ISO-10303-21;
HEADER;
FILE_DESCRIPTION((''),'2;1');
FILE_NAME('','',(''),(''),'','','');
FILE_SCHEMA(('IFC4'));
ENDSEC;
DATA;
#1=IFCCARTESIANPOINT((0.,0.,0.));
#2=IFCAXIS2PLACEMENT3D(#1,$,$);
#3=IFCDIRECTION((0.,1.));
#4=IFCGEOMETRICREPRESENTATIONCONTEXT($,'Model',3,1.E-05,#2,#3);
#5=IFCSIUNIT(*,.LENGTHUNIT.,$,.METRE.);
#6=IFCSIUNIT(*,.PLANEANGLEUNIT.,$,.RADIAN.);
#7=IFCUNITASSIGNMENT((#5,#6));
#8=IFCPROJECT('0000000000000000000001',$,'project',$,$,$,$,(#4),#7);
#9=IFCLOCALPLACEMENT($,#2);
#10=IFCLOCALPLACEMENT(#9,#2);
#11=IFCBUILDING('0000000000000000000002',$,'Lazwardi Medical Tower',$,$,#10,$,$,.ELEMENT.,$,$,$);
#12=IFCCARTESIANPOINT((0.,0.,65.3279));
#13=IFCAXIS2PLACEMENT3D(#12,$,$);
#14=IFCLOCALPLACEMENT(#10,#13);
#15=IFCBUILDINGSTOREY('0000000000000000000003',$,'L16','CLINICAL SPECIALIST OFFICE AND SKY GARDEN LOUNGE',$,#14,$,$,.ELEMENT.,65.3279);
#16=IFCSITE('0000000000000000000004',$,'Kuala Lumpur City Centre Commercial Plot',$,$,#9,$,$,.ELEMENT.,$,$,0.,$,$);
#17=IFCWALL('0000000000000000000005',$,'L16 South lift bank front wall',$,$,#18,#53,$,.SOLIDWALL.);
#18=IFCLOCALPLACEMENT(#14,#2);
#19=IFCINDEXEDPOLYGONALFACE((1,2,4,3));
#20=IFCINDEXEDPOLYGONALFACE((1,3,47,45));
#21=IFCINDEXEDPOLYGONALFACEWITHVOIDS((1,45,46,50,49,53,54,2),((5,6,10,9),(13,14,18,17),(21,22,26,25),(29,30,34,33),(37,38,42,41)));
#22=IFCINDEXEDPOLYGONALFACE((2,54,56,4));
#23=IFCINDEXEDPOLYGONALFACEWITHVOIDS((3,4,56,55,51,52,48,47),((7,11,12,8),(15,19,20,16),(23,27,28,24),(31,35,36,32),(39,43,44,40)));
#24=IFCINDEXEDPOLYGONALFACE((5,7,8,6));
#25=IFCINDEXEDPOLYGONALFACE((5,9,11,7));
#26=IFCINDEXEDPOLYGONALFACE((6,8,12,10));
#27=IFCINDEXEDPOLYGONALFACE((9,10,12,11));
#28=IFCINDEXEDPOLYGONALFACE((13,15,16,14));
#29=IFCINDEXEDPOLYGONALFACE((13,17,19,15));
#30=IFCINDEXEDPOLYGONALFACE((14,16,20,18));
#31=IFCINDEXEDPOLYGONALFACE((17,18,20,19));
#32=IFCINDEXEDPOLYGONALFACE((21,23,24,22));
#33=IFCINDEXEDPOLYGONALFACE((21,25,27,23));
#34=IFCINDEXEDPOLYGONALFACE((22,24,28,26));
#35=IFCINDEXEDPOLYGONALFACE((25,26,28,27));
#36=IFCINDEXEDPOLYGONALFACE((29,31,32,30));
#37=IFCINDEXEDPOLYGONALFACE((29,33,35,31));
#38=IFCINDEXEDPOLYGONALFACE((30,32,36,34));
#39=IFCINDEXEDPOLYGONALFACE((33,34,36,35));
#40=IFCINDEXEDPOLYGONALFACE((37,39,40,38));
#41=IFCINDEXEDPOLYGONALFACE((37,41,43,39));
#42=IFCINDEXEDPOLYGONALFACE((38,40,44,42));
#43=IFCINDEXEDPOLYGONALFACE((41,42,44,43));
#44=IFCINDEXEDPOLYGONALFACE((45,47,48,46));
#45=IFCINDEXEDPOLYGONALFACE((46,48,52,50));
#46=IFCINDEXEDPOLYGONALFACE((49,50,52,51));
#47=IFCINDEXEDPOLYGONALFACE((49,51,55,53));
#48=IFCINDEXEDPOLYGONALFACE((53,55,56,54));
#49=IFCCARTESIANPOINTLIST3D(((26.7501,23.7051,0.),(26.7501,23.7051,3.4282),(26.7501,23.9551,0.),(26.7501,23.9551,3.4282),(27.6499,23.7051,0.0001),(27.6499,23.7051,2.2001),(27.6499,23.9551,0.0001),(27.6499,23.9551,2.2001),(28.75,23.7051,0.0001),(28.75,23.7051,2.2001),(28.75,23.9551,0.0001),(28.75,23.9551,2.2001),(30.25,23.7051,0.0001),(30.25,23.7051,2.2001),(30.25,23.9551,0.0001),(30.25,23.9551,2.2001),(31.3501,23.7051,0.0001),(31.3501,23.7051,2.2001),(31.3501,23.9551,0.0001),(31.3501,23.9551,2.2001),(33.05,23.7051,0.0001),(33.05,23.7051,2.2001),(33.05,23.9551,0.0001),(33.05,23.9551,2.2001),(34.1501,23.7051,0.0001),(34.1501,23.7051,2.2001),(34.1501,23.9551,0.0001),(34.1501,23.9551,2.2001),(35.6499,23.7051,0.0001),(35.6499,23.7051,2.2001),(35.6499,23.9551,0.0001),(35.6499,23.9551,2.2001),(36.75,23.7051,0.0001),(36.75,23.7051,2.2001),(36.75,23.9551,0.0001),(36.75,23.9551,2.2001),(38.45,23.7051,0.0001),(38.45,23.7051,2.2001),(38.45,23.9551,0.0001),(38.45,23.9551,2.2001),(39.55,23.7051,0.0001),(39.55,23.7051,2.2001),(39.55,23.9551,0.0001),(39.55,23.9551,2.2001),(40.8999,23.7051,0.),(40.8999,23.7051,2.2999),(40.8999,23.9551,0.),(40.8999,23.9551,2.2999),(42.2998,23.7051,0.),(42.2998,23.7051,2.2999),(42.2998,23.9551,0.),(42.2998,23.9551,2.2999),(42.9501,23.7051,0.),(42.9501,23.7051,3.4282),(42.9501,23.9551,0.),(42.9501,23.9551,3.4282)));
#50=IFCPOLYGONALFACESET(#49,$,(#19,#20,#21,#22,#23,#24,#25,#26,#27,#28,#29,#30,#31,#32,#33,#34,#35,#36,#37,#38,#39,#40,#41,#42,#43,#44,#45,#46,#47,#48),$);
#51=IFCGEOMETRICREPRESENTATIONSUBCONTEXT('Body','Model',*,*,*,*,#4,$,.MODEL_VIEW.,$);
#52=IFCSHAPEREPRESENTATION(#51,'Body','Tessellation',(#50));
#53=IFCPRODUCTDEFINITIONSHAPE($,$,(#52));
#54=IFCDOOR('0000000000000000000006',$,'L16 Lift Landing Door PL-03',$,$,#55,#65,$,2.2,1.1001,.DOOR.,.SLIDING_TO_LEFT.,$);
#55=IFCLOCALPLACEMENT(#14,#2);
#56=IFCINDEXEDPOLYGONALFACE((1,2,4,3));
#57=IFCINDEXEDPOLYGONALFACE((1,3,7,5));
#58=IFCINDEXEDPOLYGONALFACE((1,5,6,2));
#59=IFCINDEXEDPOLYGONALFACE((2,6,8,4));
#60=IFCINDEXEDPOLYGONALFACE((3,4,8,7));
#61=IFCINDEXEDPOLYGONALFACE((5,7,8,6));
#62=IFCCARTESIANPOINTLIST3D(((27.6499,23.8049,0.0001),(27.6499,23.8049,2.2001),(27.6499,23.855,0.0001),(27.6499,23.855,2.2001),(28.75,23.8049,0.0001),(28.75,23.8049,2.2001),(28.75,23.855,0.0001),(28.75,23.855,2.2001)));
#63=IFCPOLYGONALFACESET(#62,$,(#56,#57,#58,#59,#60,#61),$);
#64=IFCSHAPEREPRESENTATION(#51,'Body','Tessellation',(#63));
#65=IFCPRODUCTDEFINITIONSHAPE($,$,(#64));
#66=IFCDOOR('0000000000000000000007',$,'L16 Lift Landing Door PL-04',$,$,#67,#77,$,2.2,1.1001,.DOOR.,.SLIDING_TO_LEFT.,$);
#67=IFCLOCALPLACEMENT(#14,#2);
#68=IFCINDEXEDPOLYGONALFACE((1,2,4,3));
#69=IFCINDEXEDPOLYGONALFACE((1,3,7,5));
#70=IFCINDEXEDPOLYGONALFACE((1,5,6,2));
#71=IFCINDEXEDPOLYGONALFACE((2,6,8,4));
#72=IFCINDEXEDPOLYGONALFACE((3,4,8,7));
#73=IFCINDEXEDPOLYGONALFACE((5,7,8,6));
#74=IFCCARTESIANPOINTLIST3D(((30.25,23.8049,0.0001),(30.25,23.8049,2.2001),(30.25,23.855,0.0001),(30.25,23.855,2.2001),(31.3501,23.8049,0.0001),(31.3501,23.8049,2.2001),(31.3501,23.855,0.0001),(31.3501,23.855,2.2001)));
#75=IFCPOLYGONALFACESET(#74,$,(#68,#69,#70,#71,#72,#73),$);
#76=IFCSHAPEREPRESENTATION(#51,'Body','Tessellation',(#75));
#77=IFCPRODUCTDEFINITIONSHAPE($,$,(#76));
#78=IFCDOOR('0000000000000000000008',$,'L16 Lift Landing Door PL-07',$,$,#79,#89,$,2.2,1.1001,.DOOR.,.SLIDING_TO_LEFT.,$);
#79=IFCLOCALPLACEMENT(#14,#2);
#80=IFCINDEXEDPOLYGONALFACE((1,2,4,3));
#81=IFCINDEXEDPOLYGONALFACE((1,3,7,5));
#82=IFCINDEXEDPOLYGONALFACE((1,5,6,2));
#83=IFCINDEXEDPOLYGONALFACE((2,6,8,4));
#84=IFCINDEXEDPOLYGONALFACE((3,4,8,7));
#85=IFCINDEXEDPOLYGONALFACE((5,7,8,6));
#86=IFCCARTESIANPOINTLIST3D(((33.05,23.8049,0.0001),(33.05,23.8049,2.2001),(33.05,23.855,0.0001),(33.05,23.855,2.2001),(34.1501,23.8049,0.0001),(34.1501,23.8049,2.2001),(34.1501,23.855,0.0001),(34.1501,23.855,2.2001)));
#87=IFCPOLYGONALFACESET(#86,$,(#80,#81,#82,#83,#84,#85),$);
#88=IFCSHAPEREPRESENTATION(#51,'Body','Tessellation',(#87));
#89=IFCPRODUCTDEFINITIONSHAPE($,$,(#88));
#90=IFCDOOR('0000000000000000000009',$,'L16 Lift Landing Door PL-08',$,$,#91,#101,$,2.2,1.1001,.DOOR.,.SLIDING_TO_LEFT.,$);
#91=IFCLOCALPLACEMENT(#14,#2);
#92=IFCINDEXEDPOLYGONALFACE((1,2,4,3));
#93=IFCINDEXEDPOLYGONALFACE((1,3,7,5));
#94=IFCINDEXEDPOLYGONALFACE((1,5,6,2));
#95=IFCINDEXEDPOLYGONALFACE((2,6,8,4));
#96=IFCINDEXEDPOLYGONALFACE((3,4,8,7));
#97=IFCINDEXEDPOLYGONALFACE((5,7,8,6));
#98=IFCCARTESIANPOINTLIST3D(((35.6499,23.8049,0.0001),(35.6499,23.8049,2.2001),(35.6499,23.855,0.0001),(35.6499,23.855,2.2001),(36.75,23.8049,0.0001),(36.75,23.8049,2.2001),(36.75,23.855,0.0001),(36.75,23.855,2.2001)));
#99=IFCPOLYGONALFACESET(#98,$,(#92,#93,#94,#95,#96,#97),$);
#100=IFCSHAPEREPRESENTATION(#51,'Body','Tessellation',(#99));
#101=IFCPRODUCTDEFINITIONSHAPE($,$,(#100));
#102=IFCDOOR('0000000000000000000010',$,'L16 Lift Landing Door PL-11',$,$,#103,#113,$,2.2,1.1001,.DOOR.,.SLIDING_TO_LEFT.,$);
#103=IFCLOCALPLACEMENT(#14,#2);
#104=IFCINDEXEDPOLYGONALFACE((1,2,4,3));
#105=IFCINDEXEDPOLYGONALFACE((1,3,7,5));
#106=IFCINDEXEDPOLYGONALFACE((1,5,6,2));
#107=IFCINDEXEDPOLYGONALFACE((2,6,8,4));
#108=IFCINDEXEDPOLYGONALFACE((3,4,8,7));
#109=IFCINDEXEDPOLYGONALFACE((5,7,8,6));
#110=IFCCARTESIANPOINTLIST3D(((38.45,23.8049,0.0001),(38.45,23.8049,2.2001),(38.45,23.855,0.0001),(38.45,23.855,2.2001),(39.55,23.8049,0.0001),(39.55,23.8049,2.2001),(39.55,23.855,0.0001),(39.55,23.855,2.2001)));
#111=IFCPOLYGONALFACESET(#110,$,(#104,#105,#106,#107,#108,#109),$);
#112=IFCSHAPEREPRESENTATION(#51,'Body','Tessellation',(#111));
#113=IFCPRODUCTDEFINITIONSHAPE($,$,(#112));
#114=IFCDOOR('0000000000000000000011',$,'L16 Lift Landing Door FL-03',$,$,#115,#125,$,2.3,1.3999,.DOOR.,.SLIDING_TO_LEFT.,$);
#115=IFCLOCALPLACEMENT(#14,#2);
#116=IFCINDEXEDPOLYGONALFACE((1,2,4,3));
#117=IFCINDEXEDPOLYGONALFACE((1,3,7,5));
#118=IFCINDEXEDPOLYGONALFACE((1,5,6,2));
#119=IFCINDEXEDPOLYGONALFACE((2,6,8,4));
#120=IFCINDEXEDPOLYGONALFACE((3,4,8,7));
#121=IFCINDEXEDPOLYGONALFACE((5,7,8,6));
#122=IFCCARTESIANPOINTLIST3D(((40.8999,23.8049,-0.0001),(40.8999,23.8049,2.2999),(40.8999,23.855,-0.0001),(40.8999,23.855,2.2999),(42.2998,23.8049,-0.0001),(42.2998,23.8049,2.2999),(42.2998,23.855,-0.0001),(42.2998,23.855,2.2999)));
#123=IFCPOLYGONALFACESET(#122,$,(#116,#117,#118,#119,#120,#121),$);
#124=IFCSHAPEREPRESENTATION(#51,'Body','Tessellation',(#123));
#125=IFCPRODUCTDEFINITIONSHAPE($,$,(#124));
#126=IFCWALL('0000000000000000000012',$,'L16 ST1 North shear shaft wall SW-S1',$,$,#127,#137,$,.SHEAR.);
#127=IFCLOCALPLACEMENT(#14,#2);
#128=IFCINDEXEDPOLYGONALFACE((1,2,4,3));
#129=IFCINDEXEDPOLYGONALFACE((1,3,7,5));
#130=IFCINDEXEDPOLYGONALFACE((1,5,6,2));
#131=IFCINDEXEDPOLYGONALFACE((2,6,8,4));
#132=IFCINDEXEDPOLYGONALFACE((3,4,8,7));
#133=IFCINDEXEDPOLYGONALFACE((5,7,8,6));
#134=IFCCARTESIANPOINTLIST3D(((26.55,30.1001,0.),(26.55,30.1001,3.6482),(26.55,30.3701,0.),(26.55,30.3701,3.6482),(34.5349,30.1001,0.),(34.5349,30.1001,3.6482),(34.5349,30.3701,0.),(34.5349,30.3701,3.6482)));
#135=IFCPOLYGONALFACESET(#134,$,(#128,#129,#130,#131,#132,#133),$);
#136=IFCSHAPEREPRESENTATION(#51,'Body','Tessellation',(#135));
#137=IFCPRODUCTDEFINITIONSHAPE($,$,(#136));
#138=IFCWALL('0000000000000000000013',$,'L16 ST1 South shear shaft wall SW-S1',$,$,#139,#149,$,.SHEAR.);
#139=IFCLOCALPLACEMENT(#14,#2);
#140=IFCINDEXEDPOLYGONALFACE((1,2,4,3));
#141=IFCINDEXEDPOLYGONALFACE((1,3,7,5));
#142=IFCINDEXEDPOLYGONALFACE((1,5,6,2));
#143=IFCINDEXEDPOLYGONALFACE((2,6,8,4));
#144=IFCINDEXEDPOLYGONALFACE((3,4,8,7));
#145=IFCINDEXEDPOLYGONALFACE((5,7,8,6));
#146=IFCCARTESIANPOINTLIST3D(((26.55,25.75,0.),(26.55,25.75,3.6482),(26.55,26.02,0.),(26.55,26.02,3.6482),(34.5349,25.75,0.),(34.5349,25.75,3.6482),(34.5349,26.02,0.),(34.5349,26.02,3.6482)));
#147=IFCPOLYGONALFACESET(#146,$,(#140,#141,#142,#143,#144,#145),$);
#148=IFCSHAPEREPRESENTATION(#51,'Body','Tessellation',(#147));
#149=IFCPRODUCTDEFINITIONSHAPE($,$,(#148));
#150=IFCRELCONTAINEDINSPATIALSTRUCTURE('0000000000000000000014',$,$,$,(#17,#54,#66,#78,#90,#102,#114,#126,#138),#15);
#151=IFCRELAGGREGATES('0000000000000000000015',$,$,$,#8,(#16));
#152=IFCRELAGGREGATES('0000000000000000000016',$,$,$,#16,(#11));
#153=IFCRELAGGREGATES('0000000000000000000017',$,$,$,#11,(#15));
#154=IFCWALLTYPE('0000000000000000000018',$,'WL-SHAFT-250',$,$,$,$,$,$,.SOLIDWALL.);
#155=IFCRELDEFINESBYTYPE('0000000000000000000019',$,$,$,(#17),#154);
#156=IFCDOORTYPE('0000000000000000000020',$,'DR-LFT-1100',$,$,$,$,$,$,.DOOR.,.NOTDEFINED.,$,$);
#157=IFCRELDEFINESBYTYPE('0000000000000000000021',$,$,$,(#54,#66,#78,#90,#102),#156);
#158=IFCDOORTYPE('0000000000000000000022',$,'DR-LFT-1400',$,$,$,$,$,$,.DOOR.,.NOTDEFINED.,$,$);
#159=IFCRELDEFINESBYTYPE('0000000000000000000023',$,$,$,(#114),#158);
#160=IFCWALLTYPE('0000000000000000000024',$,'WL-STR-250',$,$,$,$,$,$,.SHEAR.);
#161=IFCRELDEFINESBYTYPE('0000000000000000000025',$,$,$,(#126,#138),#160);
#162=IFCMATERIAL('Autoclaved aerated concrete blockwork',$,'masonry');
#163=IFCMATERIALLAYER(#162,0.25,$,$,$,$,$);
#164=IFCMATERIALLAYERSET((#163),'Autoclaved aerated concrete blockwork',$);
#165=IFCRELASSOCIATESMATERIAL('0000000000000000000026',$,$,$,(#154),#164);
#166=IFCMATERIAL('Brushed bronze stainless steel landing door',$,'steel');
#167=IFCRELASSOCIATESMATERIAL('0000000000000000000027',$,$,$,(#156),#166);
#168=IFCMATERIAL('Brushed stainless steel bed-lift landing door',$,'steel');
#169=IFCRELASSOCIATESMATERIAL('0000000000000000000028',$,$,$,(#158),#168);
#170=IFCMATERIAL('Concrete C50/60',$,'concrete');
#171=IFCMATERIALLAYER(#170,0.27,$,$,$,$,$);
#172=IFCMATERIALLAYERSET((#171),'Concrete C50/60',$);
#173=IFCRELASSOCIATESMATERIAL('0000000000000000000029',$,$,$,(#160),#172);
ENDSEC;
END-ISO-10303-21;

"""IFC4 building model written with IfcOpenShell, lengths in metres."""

from ifc_helpers import new_model, si_unit, direction, frame, frame_2d, origin, place, context, subcontext, project, spatial, rectangle, extrude, material, layer, layer_set, type_object, element, fill, save


model = new_model("IFC4")

# Units and contexts
model_context = context("Model", 3, precision=1e-05, world=origin(), true_north=direction((0.0, 1.0)))
body_context = subcontext(model_context, "Body", "Model", "MODEL_VIEW")
ifc_project = project(units=[si_unit("LENGTHUNIT", "METRE"), si_unit("PLANEANGLEUNIT", "RADIAN")], contexts=[model_context])

# Site, building, storey
site_placement = place(None, origin())
site = spatial("IfcSite", under=ifc_project, at=site_placement, Name="Kuala Lumpur City Centre Commercial Plot", CompositionType="ELEMENT", RefElevation=0.0)
building_placement = place(site_placement, origin())
building = spatial("IfcBuilding", under=site, at=building_placement, Name="Lazwardi Medical Tower", CompositionType="ELEMENT")
storey_placement = place(building_placement, frame((0.0, 0.0, 65.3279)))
storey = spatial("IfcBuildingStorey", under=building, at=storey_placement, Name="L16", Description="CLINICAL SPECIALIST OFFICE AND SKY GARDEN LOUNGE", CompositionType="ELEMENT", Elevation=65.3279)

# Wall, openings, doors
ifc_material_1 = material(Name="Autoclaved aerated concrete blockwork", Category="masonry")
ifc_layer_1 = layer(ifc_material_1, 0.25)
ifc_layer_set_1 = layer_set([ifc_layer_1], Name="Autoclaved aerated concrete blockwork")
wall_type_1 = type_object("IfcWallType", Name="WL-SHAFT-250", PredefinedType="SOLIDWALL", material=ifc_layer_set_1)
wall_1_placement = place(storey_placement, frame((26.75, 23.8301, 0.0), z_axis=(0.0, 0.0, 1.0), x_axis=(1.0, 0.0, 0.0)))
wall_1 = element("IfcWall", 1, at=wall_1_placement, inside=storey, type_object=wall_type_1, Name="L16 South lift bank front wall", PredefinedType="SOLIDWALL", context=body_context, shape_type="SweptSolid", body=[
    extrude(rectangle(XDim=16.2, YDim=0.25, at=frame_2d((8.1001, 0.0))), origin(), (0.0, 0.0, 1.0), 3.4282),
])
opening_1_placement = place(wall_1_placement, frame((0.8999, 0.0, 0.0)))
opening_1 = element("IfcOpeningElement", 2, at=opening_1_placement, cuts=wall_1, PredefinedType="OPENING", context=body_context, shape_type="SweptSolid", body=[
    extrude(rectangle(XDim=1.1001, YDim=2.2, at=frame_2d((0.55, 1.1001))), frame((0.0, 0.135, 0.0), z_axis=(0.0, -1.0, 0.0), x_axis=(1.0, 0.0, 0.0)), (0.0, 0.0, 1.0), 0.27),
])
opening_2_placement = place(wall_1_placement, frame((3.5, 0.0, 0.0)))
opening_2 = element("IfcOpeningElement", 3, at=opening_2_placement, cuts=wall_1, PredefinedType="OPENING", context=body_context, shape_type="SweptSolid", body=[
    extrude(rectangle(XDim=1.1001, YDim=2.2, at=frame_2d((0.55, 1.1001))), frame((0.0, 0.135, 0.0), z_axis=(0.0, -1.0, 0.0), x_axis=(1.0, 0.0, 0.0)), (0.0, 0.0, 1.0), 0.27),
])
opening_3_placement = place(wall_1_placement, frame((6.3, 0.0, 0.0)))
opening_3 = element("IfcOpeningElement", 4, at=opening_3_placement, cuts=wall_1, PredefinedType="OPENING", context=body_context, shape_type="SweptSolid", body=[
    extrude(rectangle(XDim=1.1001, YDim=2.2, at=frame_2d((0.55, 1.1001))), frame((0.0, 0.135, 0.0), z_axis=(0.0, -1.0, 0.0), x_axis=(1.0, 0.0, 0.0)), (0.0, 0.0, 1.0), 0.27),
])
opening_4_placement = place(wall_1_placement, frame((8.8999, 0.0, 0.0)))
opening_4 = element("IfcOpeningElement", 5, at=opening_4_placement, cuts=wall_1, PredefinedType="OPENING", context=body_context, shape_type="SweptSolid", body=[
    extrude(rectangle(XDim=1.1001, YDim=2.2, at=frame_2d((0.55, 1.1001))), frame((0.0, 0.135, 0.0), z_axis=(0.0, -1.0, 0.0), x_axis=(1.0, 0.0, 0.0)), (0.0, 0.0, 1.0), 0.27),
])
opening_5_placement = place(wall_1_placement, frame((11.7, 0.0, 0.0)))
opening_5 = element("IfcOpeningElement", 6, at=opening_5_placement, cuts=wall_1, PredefinedType="OPENING", context=body_context, shape_type="SweptSolid", body=[
    extrude(rectangle(XDim=1.1001, YDim=2.2, at=frame_2d((0.55, 1.1001))), frame((0.0, 0.135, 0.0), z_axis=(0.0, -1.0, 0.0), x_axis=(1.0, 0.0, 0.0)), (0.0, 0.0, 1.0), 0.27),
])
opening_6_placement = place(wall_1_placement, frame((14.1499, 0.0, 0.0)))
opening_6 = element("IfcOpeningElement", 7, at=opening_6_placement, cuts=wall_1, PredefinedType="OPENING", context=body_context, shape_type="SweptSolid", body=[
    extrude(rectangle(XDim=1.3999, YDim=2.3, at=frame_2d((0.7, 1.1499))), frame((0.0, 0.135, 0.0), z_axis=(0.0, -1.0, 0.0), x_axis=(1.0, 0.0, 0.0)), (0.0, 0.0, 1.0), 0.27),
])
ifc_material_2 = material(Name="Brushed bronze stainless steel landing door", Category="steel")
door_type_1 = type_object("IfcDoorType", Name="DR-LFT-1100", OperationType="NOTDEFINED", PredefinedType="DOOR", material=ifc_material_2)
door_1_placement = place(opening_1_placement, origin())
door_1 = element("IfcDoor", 8, at=door_1_placement, inside=storey, type_object=door_type_1, Name="L16 Lift Landing Door PL-03", OperationType="SLIDING_TO_LEFT", OverallHeight=2.2, OverallWidth=1.1001, PredefinedType="DOOR", context=body_context, shape_type="SweptSolid", body=[
    extrude(rectangle(XDim=1.1001, YDim=2.2, at=frame_2d((0.55, 1.1001))), frame((0.0, 0.0249, 0.0), z_axis=(0.0, -1.0, 0.0), x_axis=(1.0, 0.0, 0.0)), (0.0, 0.0, 1.0), 0.05),
])
fill(opening_1, door_1)
door_2_placement = place(opening_2_placement, origin())
door_2 = element("IfcDoor", 9, at=door_2_placement, inside=storey, type_object=door_type_1, Name="L16 Lift Landing Door PL-04", OperationType="SLIDING_TO_LEFT", OverallHeight=2.2, OverallWidth=1.1001, PredefinedType="DOOR", context=body_context, shape_type="SweptSolid", body=[
    extrude(rectangle(XDim=1.1001, YDim=2.2, at=frame_2d((0.55, 1.1001))), frame((0.0, 0.0249, 0.0), z_axis=(0.0, -1.0, 0.0), x_axis=(1.0, 0.0, 0.0)), (0.0, 0.0, 1.0), 0.05),
])
fill(opening_2, door_2)
door_3_placement = place(opening_3_placement, origin())
door_3 = element("IfcDoor", 10, at=door_3_placement, inside=storey, type_object=door_type_1, Name="L16 Lift Landing Door PL-07", OperationType="SLIDING_TO_LEFT", OverallHeight=2.2, OverallWidth=1.1001, PredefinedType="DOOR", context=body_context, shape_type="SweptSolid", body=[
    extrude(rectangle(XDim=1.1001, YDim=2.2, at=frame_2d((0.55, 1.1001))), frame((0.0, 0.0249, 0.0), z_axis=(0.0, -1.0, 0.0), x_axis=(1.0, 0.0, 0.0)), (0.0, 0.0, 1.0), 0.05),
])
fill(opening_3, door_3)
door_4_placement = place(opening_4_placement, origin())
door_4 = element("IfcDoor", 11, at=door_4_placement, inside=storey, type_object=door_type_1, Name="L16 Lift Landing Door PL-08", OperationType="SLIDING_TO_LEFT", OverallHeight=2.2, OverallWidth=1.1001, PredefinedType="DOOR", context=body_context, shape_type="SweptSolid", body=[
    extrude(rectangle(XDim=1.1001, YDim=2.2, at=frame_2d((0.55, 1.1001))), frame((0.0, 0.0249, 0.0), z_axis=(0.0, -1.0, 0.0), x_axis=(1.0, 0.0, 0.0)), (0.0, 0.0, 1.0), 0.05),
])
fill(opening_4, door_4)
door_5_placement = place(opening_5_placement, origin())
door_5 = element("IfcDoor", 12, at=door_5_placement, inside=storey, type_object=door_type_1, Name="L16 Lift Landing Door PL-11", OperationType="SLIDING_TO_LEFT", OverallHeight=2.2, OverallWidth=1.1001, PredefinedType="DOOR", context=body_context, shape_type="SweptSolid", body=[
    extrude(rectangle(XDim=1.1001, YDim=2.2, at=frame_2d((0.55, 1.1001))), frame((0.0, 0.0249, 0.0), z_axis=(0.0, -1.0, 0.0), x_axis=(1.0, 0.0, 0.0)), (0.0, 0.0, 1.0), 0.05),
])
fill(opening_5, door_5)
ifc_material_3 = material(Name="Brushed stainless steel bed-lift landing door", Category="steel")
door_type_2 = type_object("IfcDoorType", Name="DR-LFT-1400", OperationType="NOTDEFINED", PredefinedType="DOOR", material=ifc_material_3)
door_6_placement = place(opening_6_placement, origin())
door_6 = element("IfcDoor", 13, at=door_6_placement, inside=storey, type_object=door_type_2, Name="L16 Lift Landing Door FL-03", OperationType="SLIDING_TO_LEFT", OverallHeight=2.3, OverallWidth=1.3999, PredefinedType="DOOR", context=body_context, shape_type="SweptSolid", body=[
    extrude(rectangle(XDim=1.3999, YDim=2.3, at=frame_2d((0.7, 1.1499))), frame((0.0, 0.0249, 0.0), z_axis=(0.0, -1.0, 0.0), x_axis=(1.0, 0.0, 0.0)), (0.0, 0.0, 1.0), 0.05),
])
fill(opening_6, door_6)

# Walls
ifc_material_4 = material(Name="Concrete C50/60", Category="concrete")
ifc_layer_2 = layer(ifc_material_4, 0.27)
ifc_layer_set_2 = layer_set([ifc_layer_2], Name="Concrete C50/60")
wall_type_2 = type_object("IfcWallType", Name="WL-STR-250", PredefinedType="SHEAR", material=ifc_layer_set_2)
for number, where, z_axis, x_axis, name in (
    (14, (26.55, 30.2351, 0.0), (0.0, 0.0, 1.0), (1.0, 0.0, 0.0), "L16 ST1 North shear shaft wall SW-S1"),
    (15, (26.55, 25.885, 0.0), (0.0, 0.0, 1.0), (1.0, 0.0, 0.0), "L16 ST1 South shear shaft wall SW-S1"),
):
    element("IfcWall", number, at=place(storey_placement, frame(where, z_axis=z_axis, x_axis=x_axis)), inside=storey, type_object=wall_type_2, Name=name, PredefinedType="SHEAR", context=body_context, shape_type="SweptSolid", body=[
        extrude(rectangle(XDim=7.9849, YDim=0.27, at=frame_2d((3.9924, 0.0))), origin(), (0.0, 0.0, 1.0), 3.6482),
    ])

save(model, "model.ifc")
